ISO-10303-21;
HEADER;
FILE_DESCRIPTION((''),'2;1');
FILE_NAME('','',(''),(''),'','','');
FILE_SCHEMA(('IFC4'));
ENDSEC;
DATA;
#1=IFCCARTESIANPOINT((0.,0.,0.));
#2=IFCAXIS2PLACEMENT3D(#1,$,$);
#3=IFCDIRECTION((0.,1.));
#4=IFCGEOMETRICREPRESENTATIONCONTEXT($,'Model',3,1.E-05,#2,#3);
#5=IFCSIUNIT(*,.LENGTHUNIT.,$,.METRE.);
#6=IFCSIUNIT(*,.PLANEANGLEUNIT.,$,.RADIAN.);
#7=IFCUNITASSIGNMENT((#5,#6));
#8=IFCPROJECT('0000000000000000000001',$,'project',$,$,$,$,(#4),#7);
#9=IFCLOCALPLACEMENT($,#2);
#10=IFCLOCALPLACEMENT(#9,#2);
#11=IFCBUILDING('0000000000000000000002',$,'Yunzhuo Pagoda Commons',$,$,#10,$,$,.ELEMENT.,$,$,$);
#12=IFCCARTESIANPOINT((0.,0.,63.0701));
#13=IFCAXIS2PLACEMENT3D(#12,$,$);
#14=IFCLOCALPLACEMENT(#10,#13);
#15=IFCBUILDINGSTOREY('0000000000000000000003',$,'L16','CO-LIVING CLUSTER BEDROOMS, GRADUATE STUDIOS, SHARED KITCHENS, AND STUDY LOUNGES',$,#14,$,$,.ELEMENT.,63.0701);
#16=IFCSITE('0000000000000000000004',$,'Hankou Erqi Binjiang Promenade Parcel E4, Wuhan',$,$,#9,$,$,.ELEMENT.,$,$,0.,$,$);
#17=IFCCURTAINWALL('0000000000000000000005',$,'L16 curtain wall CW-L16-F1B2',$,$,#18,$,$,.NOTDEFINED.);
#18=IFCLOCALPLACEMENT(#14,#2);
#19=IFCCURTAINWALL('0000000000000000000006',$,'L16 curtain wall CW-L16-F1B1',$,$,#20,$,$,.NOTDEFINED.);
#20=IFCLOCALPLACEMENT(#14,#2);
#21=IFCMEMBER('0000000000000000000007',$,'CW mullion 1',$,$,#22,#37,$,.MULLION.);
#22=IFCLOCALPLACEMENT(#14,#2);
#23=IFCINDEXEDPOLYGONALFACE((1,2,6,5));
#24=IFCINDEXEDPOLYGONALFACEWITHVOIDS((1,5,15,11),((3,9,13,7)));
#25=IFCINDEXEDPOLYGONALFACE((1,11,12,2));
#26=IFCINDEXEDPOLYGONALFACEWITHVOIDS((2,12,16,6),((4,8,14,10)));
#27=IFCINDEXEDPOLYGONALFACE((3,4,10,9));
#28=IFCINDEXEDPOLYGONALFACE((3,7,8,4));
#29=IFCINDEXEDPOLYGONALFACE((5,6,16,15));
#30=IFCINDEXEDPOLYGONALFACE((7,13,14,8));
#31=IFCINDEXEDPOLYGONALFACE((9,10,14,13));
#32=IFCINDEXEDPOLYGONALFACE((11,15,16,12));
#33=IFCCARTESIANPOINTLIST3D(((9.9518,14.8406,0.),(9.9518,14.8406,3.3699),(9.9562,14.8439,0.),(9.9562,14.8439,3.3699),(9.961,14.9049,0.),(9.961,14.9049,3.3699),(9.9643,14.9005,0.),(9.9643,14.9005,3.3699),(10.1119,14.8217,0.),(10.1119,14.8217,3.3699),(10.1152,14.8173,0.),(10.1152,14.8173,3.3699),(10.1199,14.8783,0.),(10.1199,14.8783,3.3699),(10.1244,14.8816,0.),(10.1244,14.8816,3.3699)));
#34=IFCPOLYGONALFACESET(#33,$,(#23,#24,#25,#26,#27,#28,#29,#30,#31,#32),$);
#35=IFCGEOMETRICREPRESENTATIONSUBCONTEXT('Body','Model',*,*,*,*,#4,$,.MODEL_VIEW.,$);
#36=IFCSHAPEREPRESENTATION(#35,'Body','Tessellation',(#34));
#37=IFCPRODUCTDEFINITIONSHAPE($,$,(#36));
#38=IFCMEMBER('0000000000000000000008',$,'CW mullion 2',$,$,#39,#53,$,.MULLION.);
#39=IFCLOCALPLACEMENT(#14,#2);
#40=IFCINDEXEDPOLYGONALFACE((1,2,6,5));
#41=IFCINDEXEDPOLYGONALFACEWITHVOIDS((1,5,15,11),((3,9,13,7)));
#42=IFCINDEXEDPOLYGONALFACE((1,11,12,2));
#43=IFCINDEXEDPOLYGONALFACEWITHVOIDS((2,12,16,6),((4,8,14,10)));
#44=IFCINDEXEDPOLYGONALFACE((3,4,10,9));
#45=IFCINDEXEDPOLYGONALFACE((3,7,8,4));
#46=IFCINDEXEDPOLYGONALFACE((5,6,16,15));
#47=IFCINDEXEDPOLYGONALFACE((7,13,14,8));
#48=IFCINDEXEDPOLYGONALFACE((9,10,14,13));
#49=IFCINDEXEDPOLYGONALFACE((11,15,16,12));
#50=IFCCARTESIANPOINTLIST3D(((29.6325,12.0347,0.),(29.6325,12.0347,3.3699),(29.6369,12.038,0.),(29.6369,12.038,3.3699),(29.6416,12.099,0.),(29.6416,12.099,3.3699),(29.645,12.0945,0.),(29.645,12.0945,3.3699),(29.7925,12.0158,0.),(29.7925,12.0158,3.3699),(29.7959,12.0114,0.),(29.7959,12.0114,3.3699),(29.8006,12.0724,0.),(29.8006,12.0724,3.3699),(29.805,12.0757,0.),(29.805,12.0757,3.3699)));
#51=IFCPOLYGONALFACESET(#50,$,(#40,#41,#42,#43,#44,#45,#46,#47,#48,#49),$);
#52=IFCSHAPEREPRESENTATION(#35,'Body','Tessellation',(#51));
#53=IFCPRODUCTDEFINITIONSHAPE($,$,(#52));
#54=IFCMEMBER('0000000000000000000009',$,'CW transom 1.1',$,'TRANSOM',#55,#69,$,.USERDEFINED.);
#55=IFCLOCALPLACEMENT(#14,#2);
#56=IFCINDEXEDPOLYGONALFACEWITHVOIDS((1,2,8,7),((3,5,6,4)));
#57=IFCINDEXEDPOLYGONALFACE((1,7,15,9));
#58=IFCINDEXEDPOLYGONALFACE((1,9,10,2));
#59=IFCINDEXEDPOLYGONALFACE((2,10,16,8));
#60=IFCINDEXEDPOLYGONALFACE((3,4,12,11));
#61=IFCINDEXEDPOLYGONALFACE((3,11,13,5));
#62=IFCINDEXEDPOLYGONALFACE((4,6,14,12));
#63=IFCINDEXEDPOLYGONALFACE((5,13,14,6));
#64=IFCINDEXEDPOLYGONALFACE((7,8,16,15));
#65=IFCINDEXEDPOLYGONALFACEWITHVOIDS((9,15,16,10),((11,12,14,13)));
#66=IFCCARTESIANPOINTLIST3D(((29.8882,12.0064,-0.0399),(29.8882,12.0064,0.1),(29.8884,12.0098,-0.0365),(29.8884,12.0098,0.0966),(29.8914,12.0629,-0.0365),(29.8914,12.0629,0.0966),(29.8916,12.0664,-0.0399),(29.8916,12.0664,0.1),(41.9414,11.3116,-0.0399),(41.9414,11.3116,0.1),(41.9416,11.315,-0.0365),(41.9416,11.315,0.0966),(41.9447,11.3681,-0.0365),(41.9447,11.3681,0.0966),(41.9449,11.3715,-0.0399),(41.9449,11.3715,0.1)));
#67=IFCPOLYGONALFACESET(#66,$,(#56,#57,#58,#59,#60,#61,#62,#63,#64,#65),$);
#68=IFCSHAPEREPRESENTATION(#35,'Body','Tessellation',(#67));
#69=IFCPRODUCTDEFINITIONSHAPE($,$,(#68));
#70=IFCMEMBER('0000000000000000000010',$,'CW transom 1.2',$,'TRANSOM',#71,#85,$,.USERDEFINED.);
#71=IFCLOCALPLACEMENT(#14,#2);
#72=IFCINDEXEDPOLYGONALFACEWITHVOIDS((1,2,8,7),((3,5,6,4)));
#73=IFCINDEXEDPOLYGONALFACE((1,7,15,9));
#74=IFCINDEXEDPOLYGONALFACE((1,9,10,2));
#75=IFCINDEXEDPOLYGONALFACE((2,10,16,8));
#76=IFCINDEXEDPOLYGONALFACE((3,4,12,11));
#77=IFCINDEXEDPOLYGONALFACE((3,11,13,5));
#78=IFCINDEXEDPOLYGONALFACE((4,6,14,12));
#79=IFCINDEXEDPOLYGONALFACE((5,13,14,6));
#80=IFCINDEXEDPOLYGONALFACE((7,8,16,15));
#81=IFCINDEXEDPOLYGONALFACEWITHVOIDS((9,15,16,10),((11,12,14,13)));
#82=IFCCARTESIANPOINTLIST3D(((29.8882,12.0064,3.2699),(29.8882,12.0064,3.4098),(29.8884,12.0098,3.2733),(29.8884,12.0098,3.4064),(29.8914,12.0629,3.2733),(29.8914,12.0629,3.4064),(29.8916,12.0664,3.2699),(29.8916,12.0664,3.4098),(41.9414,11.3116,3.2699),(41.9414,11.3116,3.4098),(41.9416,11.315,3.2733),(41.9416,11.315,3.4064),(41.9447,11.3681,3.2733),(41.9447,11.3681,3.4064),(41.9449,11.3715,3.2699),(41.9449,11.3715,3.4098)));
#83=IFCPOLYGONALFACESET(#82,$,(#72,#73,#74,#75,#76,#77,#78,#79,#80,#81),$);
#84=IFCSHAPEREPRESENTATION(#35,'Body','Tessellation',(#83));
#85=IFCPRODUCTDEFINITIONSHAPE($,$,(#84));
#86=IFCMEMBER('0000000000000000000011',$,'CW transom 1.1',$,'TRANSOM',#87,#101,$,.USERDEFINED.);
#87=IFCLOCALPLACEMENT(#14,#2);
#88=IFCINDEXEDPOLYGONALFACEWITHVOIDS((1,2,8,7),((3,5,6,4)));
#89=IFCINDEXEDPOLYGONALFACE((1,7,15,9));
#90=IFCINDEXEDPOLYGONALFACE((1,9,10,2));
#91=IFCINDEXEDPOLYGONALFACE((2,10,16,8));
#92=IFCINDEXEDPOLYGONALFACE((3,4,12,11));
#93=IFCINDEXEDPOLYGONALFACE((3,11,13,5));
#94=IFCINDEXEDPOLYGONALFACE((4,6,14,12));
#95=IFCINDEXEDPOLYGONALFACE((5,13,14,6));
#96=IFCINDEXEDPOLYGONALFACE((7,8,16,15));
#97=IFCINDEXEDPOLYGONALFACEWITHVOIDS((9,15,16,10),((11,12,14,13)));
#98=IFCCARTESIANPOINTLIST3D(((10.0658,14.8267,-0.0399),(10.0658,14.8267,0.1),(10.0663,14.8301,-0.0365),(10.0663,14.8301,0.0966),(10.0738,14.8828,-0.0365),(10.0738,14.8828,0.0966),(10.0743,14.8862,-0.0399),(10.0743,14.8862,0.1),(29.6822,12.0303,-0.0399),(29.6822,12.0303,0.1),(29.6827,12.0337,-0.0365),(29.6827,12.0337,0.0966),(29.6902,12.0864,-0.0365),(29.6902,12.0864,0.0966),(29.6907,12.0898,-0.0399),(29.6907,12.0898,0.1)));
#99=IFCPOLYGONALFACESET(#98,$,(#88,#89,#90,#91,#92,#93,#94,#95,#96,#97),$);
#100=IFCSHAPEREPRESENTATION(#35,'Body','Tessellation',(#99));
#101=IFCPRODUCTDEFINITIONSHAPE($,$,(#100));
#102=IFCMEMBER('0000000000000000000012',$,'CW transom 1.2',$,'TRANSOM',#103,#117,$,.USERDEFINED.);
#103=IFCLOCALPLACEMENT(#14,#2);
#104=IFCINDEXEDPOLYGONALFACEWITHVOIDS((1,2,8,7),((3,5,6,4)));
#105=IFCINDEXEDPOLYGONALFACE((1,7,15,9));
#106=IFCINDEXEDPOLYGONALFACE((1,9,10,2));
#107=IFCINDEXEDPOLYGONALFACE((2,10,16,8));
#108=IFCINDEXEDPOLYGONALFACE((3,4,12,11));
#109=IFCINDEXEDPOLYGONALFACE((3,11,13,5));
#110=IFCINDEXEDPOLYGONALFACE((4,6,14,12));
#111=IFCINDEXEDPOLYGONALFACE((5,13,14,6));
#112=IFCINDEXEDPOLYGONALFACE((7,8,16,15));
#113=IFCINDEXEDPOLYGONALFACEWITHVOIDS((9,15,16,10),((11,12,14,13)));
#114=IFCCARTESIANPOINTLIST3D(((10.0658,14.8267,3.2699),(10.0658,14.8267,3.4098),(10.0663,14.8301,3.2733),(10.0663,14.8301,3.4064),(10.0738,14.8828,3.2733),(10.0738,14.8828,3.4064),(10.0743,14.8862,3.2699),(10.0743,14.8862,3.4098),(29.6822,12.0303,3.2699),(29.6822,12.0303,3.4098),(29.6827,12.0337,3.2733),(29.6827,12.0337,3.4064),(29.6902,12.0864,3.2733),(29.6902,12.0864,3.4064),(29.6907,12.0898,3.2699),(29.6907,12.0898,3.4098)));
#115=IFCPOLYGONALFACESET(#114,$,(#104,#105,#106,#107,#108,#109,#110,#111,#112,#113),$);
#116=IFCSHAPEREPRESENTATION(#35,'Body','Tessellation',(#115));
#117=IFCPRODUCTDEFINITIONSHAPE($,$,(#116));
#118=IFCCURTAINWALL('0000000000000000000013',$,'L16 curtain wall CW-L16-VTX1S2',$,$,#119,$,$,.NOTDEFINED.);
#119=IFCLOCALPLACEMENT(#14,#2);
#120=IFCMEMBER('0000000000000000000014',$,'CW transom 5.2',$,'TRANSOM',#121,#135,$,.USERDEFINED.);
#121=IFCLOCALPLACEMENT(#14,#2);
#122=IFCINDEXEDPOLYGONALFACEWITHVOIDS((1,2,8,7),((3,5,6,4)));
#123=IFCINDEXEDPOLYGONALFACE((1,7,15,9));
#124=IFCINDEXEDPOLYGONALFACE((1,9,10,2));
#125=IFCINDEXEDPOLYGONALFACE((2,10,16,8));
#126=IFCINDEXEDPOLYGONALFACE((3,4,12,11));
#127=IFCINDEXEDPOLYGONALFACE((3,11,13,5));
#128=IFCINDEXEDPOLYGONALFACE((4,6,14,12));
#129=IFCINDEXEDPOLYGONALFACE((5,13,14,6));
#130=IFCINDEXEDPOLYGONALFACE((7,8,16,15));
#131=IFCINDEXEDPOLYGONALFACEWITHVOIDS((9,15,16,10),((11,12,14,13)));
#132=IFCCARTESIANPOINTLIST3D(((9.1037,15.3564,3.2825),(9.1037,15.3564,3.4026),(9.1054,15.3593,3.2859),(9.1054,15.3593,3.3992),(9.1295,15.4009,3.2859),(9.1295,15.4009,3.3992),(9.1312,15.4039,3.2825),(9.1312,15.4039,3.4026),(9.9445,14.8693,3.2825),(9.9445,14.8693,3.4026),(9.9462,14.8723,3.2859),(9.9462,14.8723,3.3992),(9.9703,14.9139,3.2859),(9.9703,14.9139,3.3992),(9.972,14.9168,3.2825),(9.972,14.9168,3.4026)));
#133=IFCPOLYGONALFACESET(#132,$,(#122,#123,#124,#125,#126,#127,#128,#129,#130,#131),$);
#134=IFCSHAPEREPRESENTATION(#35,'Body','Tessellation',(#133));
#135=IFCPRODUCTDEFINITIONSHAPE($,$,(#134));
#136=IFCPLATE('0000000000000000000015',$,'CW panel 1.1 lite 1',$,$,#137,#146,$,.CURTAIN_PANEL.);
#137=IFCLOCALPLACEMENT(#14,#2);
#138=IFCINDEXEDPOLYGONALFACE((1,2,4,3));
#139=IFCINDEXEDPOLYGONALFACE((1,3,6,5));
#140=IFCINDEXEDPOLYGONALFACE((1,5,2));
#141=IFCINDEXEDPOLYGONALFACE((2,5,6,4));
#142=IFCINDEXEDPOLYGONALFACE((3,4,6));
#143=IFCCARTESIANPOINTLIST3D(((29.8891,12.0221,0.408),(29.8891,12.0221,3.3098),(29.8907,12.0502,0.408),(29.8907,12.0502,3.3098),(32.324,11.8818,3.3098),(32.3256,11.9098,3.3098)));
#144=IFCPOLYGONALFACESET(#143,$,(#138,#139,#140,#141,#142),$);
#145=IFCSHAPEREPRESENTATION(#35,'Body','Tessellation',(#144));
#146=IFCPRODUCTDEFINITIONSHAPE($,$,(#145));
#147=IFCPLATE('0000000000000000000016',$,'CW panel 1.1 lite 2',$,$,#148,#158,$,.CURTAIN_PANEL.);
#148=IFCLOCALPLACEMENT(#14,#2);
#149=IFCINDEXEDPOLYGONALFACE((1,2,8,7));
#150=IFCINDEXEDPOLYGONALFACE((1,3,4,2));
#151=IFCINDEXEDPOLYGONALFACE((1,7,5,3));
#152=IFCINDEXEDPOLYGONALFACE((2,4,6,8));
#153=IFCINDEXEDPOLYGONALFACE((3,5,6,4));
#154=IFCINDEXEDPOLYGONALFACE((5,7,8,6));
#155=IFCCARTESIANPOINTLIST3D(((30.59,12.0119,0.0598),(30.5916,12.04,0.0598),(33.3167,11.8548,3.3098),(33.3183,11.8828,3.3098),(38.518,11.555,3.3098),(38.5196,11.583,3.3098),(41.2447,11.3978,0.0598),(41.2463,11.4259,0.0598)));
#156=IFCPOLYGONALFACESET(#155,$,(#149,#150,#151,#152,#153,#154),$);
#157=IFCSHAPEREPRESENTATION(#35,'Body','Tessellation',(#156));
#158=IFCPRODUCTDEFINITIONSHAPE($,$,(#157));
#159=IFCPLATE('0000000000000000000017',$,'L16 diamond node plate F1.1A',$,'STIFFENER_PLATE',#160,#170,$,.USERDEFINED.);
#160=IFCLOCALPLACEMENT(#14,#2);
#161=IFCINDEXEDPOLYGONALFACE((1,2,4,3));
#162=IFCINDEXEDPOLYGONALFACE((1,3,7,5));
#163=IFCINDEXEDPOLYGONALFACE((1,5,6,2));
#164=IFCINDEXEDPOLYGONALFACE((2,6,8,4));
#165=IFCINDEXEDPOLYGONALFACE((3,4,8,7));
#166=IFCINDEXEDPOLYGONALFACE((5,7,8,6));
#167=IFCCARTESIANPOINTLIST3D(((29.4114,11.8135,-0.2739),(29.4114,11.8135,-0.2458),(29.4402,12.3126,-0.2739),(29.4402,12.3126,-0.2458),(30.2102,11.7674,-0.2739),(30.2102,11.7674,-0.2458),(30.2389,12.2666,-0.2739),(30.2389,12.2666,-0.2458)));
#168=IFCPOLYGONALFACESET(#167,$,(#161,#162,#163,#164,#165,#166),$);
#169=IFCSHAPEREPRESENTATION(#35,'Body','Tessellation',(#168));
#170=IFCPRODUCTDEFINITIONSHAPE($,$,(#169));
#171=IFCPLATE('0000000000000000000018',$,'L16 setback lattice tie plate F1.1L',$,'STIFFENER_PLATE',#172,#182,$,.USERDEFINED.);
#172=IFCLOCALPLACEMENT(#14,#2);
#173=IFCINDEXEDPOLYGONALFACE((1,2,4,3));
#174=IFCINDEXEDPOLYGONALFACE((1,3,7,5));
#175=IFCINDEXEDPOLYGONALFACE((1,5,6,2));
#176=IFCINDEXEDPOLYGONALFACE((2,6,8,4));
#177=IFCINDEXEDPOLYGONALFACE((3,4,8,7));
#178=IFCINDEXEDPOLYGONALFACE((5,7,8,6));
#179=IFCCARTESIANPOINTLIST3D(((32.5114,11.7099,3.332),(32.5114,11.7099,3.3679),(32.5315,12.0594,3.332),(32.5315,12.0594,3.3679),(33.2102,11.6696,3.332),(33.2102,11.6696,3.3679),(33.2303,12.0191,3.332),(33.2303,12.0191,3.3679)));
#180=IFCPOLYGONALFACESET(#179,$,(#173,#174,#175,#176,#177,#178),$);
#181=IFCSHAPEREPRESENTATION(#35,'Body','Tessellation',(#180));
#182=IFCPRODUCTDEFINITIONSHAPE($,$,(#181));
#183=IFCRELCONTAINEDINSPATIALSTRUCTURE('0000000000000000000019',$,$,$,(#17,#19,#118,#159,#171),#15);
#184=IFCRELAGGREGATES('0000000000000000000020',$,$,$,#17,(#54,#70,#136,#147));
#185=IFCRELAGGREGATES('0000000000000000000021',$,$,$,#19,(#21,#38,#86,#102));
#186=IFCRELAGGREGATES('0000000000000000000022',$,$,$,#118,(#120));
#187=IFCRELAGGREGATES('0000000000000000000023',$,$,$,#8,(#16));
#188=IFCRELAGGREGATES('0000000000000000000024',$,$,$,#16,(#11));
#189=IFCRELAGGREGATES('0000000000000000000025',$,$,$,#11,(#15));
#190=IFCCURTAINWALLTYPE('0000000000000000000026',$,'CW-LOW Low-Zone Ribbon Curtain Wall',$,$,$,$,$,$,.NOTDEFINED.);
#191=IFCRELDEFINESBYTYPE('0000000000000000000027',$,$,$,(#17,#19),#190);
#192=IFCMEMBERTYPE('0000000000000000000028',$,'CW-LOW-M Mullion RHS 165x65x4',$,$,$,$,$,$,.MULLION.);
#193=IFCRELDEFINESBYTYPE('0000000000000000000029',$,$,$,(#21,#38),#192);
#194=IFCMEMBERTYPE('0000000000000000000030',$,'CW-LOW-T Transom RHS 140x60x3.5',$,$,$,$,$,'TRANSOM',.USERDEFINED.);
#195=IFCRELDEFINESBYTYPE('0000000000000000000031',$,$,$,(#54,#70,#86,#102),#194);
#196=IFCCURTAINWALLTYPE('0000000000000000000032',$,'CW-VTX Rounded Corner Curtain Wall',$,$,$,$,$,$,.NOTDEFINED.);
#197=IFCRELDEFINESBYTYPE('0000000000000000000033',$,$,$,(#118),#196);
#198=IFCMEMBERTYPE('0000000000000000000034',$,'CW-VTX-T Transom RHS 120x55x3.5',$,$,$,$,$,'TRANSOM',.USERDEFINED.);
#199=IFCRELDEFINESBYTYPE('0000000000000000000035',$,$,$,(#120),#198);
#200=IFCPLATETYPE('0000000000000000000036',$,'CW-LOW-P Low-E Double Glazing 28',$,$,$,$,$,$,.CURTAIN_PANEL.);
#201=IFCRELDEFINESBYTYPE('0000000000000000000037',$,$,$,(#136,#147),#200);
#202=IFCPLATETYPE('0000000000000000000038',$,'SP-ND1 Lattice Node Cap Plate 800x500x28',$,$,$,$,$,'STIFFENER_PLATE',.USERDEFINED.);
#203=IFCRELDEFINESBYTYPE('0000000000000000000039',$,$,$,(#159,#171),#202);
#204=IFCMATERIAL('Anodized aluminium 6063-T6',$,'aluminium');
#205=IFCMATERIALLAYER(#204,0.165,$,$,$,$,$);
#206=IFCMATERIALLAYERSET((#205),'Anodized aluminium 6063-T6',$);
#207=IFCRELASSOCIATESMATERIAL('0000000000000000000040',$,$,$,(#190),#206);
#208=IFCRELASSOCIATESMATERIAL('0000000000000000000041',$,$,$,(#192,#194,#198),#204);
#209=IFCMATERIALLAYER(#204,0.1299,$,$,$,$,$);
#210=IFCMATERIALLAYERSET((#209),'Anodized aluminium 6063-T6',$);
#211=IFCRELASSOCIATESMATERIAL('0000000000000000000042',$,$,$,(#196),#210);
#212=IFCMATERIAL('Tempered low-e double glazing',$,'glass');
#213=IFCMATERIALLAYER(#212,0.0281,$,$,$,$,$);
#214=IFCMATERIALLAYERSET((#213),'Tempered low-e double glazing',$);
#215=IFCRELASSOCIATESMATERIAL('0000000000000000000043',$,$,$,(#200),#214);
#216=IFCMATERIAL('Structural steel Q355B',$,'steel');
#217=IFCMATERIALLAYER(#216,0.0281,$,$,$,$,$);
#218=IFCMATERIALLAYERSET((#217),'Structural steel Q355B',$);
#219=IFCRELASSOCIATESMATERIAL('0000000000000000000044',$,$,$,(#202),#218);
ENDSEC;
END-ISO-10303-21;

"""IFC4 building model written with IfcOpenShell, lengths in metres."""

from ifc_helpers import new_model, si_unit, direction, frame, origin, origin_2d, place, context, subcontext, project, spatial, polyline, rectangle, hollow_rectangle, outline, extrude, source, transform, mapped, material, layer, layer_set, material_profile, profile_set, type_object, element, aggregate, save


model = new_model("IFC4")

# Units and contexts
model_context = context("Model", 3, precision=1e-05, world=origin(), true_north=direction((0.0, 1.0)))
body_context = subcontext(model_context, "Body", "Model", "MODEL_VIEW")
ifc_project = project(units=[si_unit("LENGTHUNIT", "METRE"), si_unit("PLANEANGLEUNIT", "RADIAN")], contexts=[model_context])

# Site, building, storey
site_placement = place(None, origin())
site = spatial("IfcSite", under=ifc_project, at=site_placement, Name="Hankou Erqi Binjiang Promenade Parcel E4, Wuhan", CompositionType="ELEMENT", RefElevation=0.0)
building_placement = place(site_placement, origin())
building = spatial("IfcBuilding", under=site, at=building_placement, Name="Yunzhuo Pagoda Commons", CompositionType="ELEMENT")
storey_placement = place(building_placement, frame((0.0, 0.0, 63.0701)))
storey = spatial("IfcBuildingStorey", under=building, at=storey_placement, Name="L16", Description="CO-LIVING CLUSTER BEDROOMS, GRADUATE STUDIOS, SHARED KITCHENS, AND STUDY LOUNGES", CompositionType="ELEMENT", Elevation=63.0701)

# Shared definitions
ifc_material_1 = material(Name="Structural steel Q355B", Category="steel")

# Curtain wall
ifc_material_2 = material(Name="Anodized aluminium 6063-T6", Category="aluminium")
ifc_layer_1 = layer(ifc_material_2, 0.165)
ifc_layer_set_1 = layer_set([ifc_layer_1], Name="Anodized aluminium 6063-T6")
curtain_wall_type_1 = type_object("IfcCurtainWallType", Name="CW-LOW Low-Zone Ribbon Curtain Wall", PredefinedType="NOTDEFINED", material=ifc_layer_set_1)
curtain_wall_1_placement = place(storey_placement, origin())
curtain_wall_1 = element("IfcCurtainWall", 1, at=curtain_wall_1_placement, inside=storey, type_object=curtain_wall_type_1, Name="L16 curtain wall CW-L16-F1B2", PredefinedType="NOTDEFINED")
ifc_material_profile_1 = material_profile(ifc_material_2, hollow_rectangle(XDim=0.0649, YDim=0.165, WallThickness=0.0039, at=origin_2d()), Name="Anodized aluminium 6063-T6")
ifc_profile_set_1 = profile_set([ifc_material_profile_1], Name="Anodized aluminium 6063-T6")
member_type_1 = type_object("IfcMemberType", Name="CW-LOW-M Mullion RHS 165x65x4", PredefinedType="MULLION", material=ifc_profile_set_1)
shared_shape_1 = source(origin(), body_context, "Body", "SweptSolid", [
    extrude(hollow_rectangle(XDim=0.0649, YDim=0.165, WallThickness=0.0039, at=origin_2d()), origin(), (0.0, 0.0, 1.0), 3.3699),
])

# Curtain wall, members
curtain_wall_2_placement = place(storey_placement, origin())
curtain_wall_2 = element("IfcCurtainWall", 2, at=curtain_wall_2_placement, inside=storey, type_object=curtain_wall_type_1, Name="L16 curtain wall CW-L16-F1B1", PredefinedType="NOTDEFINED")
member_1_placement = place(storey_placement, frame((10.0381, 14.8611, 0.0), z_axis=(0.0, 0.0, 1.0), x_axis=(0.14114, 0.98999, 0.0)))
member_1 = element("IfcMember", 3, at=member_1_placement, type_object=member_type_1, Name="CW mullion 1", PredefinedType="MULLION", context=body_context, shape_type="MappedRepresentation", body=[
    mapped(shared_shape_1, transform((0.0, 0.0, 0.0), scale=1.0)),
])
member_2_placement = place(storey_placement, frame((29.7188, 12.0552, 0.0), z_axis=(0.0, 0.0, 1.0), x_axis=(0.14114, 0.98999, 0.0)))
member_2 = element("IfcMember", 4, at=member_2_placement, type_object=member_type_1, Name="CW mullion 2", PredefinedType="MULLION", context=body_context, shape_type="MappedRepresentation", body=[
    mapped(shared_shape_1, transform((0.0, 0.0, 0.0), scale=1.0)),
])

# Members
ifc_material_profile_2 = material_profile(ifc_material_2, hollow_rectangle(XDim=0.0601, YDim=0.1399, WallThickness=0.0034, at=origin_2d()), Name="Anodized aluminium 6063-T6")
ifc_profile_set_2 = profile_set([ifc_material_profile_2], Name="Anodized aluminium 6063-T6")
member_type_2 = type_object("IfcMemberType", Name="CW-LOW-T Transom RHS 140x60x3.5", ElementType="TRANSOM", PredefinedType="USERDEFINED", material=ifc_profile_set_2)
shared_shape_2 = source(origin(), body_context, "Body", "SweptSolid", [
    extrude(hollow_rectangle(XDim=0.0601, YDim=0.1399, WallThickness=0.0034, at=origin_2d()), origin(), (0.0, 0.0, 1.0), 12.0732),
])
member_3_placement = place(storey_placement, frame((29.8899, 12.0364, 0.03), z_axis=(0.998343, -0.057551, 0.0), x_axis=(0.057551, 0.998343, 0.0)))
member_3 = element("IfcMember", 5, at=member_3_placement, type_object=member_type_2, Name="CW transom 1.1", ObjectType="TRANSOM", PredefinedType="USERDEFINED", context=body_context, shape_type="MappedRepresentation", body=[
    mapped(shared_shape_2, transform((0.0, 0.0, 0.0), scale=1.0)),
])
member_4_placement = place(storey_placement, frame((29.8899, 12.0364, 3.3398), z_axis=(0.998343, -0.057551, 0.0), x_axis=(0.057551, 0.998343, 0.0)))
member_4 = element("IfcMember", 6, at=member_4_placement, type_object=member_type_2, Name="CW transom 1.2", ObjectType="TRANSOM", PredefinedType="USERDEFINED", context=body_context, shape_type="MappedRepresentation", body=[
    mapped(shared_shape_2, transform((0.0, 0.0, 0.0), scale=1.0)),
])
shared_shape_3 = source(origin(), body_context, "Body", "SweptSolid", [
    extrude(hollow_rectangle(XDim=0.0601, YDim=0.1399, WallThickness=0.0034, at=origin_2d()), origin(), (0.0, 0.0, 1.0), 19.8147),
])
member_5_placement = place(storey_placement, frame((10.0701, 14.8564, 0.03), z_axis=(0.989992, -0.141126, 0.0), x_axis=(0.141126, 0.989992, 0.0)))
member_5 = element("IfcMember", 7, at=member_5_placement, type_object=member_type_2, Name="CW transom 1.1", ObjectType="TRANSOM", PredefinedType="USERDEFINED", context=body_context, shape_type="MappedRepresentation", body=[
    mapped(shared_shape_3, transform((0.0, 0.0, 0.0), scale=1.0)),
])
member_6_placement = place(storey_placement, frame((10.0701, 14.8564, 3.3398), z_axis=(0.989992, -0.141126, 0.0), x_axis=(0.141126, 0.989992, 0.0)))
member_6 = element("IfcMember", 8, at=member_6_placement, type_object=member_type_2, Name="CW transom 1.2", ObjectType="TRANSOM", PredefinedType="USERDEFINED", context=body_context, shape_type="MappedRepresentation", body=[
    mapped(shared_shape_3, transform((0.0, 0.0, 0.0), scale=1.0)),
])

# Curtain wall, member
ifc_layer_2 = layer(ifc_material_2, 0.1299)
ifc_layer_set_2 = layer_set([ifc_layer_2], Name="Anodized aluminium 6063-T6")
curtain_wall_type_2 = type_object("IfcCurtainWallType", Name="CW-VTX Rounded Corner Curtain Wall", PredefinedType="NOTDEFINED", material=ifc_layer_set_2)
curtain_wall_3_placement = place(storey_placement, origin())
curtain_wall_3 = element("IfcCurtainWall", 9, at=curtain_wall_3_placement, inside=storey, type_object=curtain_wall_type_2, Name="L16 curtain wall CW-L16-VTX1S2", PredefinedType="NOTDEFINED")
ifc_material_profile_3 = material_profile(ifc_material_2, hollow_rectangle(XDim=0.0549, YDim=0.1201, WallThickness=0.0034, at=origin_2d()), Name="Anodized aluminium 6063-T6")
ifc_profile_set_3 = profile_set([ifc_material_profile_3], Name="Anodized aluminium 6063-T6")
member_type_3 = type_object("IfcMemberType", Name="CW-VTX-T Transom RHS 120x55x3.5", ElementType="TRANSOM", PredefinedType="USERDEFINED", material=ifc_profile_set_3)
shared_shape_4 = source(origin(), body_context, "Body", "SweptSolid", [
    extrude(hollow_rectangle(XDim=0.0549, YDim=0.1201, WallThickness=0.0034, at=origin_2d()), origin(), (0.0, 0.0, 1.0), 0.9717),
])
member_7_placement = place(storey_placement, frame((9.1174, 15.3801, 3.3425), z_axis=(0.865306, -0.501244, 0.0), x_axis=(0.501244, 0.865306, 0.0)))
member_7 = element("IfcMember", 10, at=member_7_placement, type_object=member_type_3, Name="CW transom 5.2", ObjectType="TRANSOM", PredefinedType="USERDEFINED", context=body_context, shape_type="MappedRepresentation", body=[
    mapped(shared_shape_4, transform((0.0, 0.0, 0.0), scale=1.0)),
])

# Plates
ifc_material_3 = material(Name="Tempered low-e double glazing", Category="glass")
ifc_layer_3 = layer(ifc_material_3, 0.0281)
ifc_layer_set_3 = layer_set([ifc_layer_3], Name="Tempered low-e double glazing")
plate_type_1 = type_object("IfcPlateType", Name="CW-LOW-P Low-E Double Glazing 28", PredefinedType="CURTAIN_PANEL", material=ifc_layer_set_3)
plate_1_placement = place(storey_placement, frame((31.1082, 11.98, 1.8589), z_axis=(-0.057542, -0.998343, 0.0), x_axis=(0.998343, -0.057542, 0.0)))
plate_1 = element("IfcPlate", 11, at=plate_1_placement, type_object=plate_type_1, Name="CW panel 1.1 lite 1", PredefinedType="CURTAIN_PANEL", context=body_context, shape_type="SweptSolid", body=[
    extrude(outline(polyline([(-1.2195, -1.4509), (1.2195, 1.4509), (-1.2195, 1.4509), (-1.2195, -1.4509)])), origin(), (0.0, 0.0, 1.0), 0.0281),
])
plate_2_placement = place(storey_placement, frame((35.9189, 11.7329, 1.6848), z_axis=(-0.057542, -0.998343, 0.0), x_axis=(0.998343, -0.057542, 0.0)))
plate_2 = element("IfcPlate", 12, at=plate_2_placement, type_object=plate_type_1, Name="CW panel 1.1 lite 2", PredefinedType="CURTAIN_PANEL", context=body_context, shape_type="SweptSolid", body=[
    extrude(outline(polyline([(-5.3362, -1.625), (5.3362, -1.625), (2.605, 1.625), (-2.605, 1.625), (-5.3362, -1.625)])), origin(), (0.0, 0.0, 1.0), 0.0281),
])
aggregate(curtain_wall_1, [member_3, member_4, plate_1, plate_2])

# Plates
ifc_layer_4 = layer(ifc_material_1, 0.0281)
ifc_layer_set_4 = layer_set([ifc_layer_4], Name="Structural steel Q355B")
plate_type_2 = type_object("IfcPlateType", Name="SP-ND1 Lattice Node Cap Plate 800x500x28", ElementType="STIFFENER_PLATE", PredefinedType="USERDEFINED", material=ifc_layer_set_4)
shared_shape_5 = source(origin(), body_context, "Body", "SweptSolid", [
    extrude(rectangle(XDim=0.8, YDim=0.5, at=origin_2d()), origin(), (0.0, 0.0, 1.0), 0.0281),
])
plate_3_placement = place(storey_placement, frame((29.8252, 12.04, -0.2739), z_axis=(0.0, 0.0, 1.0), x_axis=(0.998343, -0.057547, 0.0)))
element("IfcPlate", 13, at=plate_3_placement, inside=storey, type_object=plate_type_2, Name="L16 diamond node plate F1.1A", ObjectType="STIFFENER_PLATE", PredefinedType="USERDEFINED", context=body_context, shape_type="MappedRepresentation", body=[
    mapped(shared_shape_5, transform((0.0, 0.0, 0.0), scale=1.0)),
])
shared_shape_6 = source(origin(), body_context, "Body", "SweptSolid", [
    extrude(rectangle(XDim=0.7, YDim=0.3501, at=origin_2d()), origin(), (0.0, 0.0, 1.0), 0.0359),
])
plate_4_placement = place(storey_placement, frame((32.8708, 11.8645, 3.332), z_axis=(0.0, 0.0, 1.0), x_axis=(0.998343, -0.057547, 0.0)))
element("IfcPlate", 14, at=plate_4_placement, inside=storey, type_object=plate_type_2, Name="L16 setback lattice tie plate F1.1L", ObjectType="STIFFENER_PLATE", PredefinedType="USERDEFINED", context=body_context, shape_type="MappedRepresentation", body=[
    mapped(shared_shape_6, transform((0.0, 0.0, 0.0), scale=1.0)),
])

aggregate(curtain_wall_2, [member_1, member_2, member_5, member_6])
aggregate(curtain_wall_3, [member_7])

save(model, "model.ifc")
